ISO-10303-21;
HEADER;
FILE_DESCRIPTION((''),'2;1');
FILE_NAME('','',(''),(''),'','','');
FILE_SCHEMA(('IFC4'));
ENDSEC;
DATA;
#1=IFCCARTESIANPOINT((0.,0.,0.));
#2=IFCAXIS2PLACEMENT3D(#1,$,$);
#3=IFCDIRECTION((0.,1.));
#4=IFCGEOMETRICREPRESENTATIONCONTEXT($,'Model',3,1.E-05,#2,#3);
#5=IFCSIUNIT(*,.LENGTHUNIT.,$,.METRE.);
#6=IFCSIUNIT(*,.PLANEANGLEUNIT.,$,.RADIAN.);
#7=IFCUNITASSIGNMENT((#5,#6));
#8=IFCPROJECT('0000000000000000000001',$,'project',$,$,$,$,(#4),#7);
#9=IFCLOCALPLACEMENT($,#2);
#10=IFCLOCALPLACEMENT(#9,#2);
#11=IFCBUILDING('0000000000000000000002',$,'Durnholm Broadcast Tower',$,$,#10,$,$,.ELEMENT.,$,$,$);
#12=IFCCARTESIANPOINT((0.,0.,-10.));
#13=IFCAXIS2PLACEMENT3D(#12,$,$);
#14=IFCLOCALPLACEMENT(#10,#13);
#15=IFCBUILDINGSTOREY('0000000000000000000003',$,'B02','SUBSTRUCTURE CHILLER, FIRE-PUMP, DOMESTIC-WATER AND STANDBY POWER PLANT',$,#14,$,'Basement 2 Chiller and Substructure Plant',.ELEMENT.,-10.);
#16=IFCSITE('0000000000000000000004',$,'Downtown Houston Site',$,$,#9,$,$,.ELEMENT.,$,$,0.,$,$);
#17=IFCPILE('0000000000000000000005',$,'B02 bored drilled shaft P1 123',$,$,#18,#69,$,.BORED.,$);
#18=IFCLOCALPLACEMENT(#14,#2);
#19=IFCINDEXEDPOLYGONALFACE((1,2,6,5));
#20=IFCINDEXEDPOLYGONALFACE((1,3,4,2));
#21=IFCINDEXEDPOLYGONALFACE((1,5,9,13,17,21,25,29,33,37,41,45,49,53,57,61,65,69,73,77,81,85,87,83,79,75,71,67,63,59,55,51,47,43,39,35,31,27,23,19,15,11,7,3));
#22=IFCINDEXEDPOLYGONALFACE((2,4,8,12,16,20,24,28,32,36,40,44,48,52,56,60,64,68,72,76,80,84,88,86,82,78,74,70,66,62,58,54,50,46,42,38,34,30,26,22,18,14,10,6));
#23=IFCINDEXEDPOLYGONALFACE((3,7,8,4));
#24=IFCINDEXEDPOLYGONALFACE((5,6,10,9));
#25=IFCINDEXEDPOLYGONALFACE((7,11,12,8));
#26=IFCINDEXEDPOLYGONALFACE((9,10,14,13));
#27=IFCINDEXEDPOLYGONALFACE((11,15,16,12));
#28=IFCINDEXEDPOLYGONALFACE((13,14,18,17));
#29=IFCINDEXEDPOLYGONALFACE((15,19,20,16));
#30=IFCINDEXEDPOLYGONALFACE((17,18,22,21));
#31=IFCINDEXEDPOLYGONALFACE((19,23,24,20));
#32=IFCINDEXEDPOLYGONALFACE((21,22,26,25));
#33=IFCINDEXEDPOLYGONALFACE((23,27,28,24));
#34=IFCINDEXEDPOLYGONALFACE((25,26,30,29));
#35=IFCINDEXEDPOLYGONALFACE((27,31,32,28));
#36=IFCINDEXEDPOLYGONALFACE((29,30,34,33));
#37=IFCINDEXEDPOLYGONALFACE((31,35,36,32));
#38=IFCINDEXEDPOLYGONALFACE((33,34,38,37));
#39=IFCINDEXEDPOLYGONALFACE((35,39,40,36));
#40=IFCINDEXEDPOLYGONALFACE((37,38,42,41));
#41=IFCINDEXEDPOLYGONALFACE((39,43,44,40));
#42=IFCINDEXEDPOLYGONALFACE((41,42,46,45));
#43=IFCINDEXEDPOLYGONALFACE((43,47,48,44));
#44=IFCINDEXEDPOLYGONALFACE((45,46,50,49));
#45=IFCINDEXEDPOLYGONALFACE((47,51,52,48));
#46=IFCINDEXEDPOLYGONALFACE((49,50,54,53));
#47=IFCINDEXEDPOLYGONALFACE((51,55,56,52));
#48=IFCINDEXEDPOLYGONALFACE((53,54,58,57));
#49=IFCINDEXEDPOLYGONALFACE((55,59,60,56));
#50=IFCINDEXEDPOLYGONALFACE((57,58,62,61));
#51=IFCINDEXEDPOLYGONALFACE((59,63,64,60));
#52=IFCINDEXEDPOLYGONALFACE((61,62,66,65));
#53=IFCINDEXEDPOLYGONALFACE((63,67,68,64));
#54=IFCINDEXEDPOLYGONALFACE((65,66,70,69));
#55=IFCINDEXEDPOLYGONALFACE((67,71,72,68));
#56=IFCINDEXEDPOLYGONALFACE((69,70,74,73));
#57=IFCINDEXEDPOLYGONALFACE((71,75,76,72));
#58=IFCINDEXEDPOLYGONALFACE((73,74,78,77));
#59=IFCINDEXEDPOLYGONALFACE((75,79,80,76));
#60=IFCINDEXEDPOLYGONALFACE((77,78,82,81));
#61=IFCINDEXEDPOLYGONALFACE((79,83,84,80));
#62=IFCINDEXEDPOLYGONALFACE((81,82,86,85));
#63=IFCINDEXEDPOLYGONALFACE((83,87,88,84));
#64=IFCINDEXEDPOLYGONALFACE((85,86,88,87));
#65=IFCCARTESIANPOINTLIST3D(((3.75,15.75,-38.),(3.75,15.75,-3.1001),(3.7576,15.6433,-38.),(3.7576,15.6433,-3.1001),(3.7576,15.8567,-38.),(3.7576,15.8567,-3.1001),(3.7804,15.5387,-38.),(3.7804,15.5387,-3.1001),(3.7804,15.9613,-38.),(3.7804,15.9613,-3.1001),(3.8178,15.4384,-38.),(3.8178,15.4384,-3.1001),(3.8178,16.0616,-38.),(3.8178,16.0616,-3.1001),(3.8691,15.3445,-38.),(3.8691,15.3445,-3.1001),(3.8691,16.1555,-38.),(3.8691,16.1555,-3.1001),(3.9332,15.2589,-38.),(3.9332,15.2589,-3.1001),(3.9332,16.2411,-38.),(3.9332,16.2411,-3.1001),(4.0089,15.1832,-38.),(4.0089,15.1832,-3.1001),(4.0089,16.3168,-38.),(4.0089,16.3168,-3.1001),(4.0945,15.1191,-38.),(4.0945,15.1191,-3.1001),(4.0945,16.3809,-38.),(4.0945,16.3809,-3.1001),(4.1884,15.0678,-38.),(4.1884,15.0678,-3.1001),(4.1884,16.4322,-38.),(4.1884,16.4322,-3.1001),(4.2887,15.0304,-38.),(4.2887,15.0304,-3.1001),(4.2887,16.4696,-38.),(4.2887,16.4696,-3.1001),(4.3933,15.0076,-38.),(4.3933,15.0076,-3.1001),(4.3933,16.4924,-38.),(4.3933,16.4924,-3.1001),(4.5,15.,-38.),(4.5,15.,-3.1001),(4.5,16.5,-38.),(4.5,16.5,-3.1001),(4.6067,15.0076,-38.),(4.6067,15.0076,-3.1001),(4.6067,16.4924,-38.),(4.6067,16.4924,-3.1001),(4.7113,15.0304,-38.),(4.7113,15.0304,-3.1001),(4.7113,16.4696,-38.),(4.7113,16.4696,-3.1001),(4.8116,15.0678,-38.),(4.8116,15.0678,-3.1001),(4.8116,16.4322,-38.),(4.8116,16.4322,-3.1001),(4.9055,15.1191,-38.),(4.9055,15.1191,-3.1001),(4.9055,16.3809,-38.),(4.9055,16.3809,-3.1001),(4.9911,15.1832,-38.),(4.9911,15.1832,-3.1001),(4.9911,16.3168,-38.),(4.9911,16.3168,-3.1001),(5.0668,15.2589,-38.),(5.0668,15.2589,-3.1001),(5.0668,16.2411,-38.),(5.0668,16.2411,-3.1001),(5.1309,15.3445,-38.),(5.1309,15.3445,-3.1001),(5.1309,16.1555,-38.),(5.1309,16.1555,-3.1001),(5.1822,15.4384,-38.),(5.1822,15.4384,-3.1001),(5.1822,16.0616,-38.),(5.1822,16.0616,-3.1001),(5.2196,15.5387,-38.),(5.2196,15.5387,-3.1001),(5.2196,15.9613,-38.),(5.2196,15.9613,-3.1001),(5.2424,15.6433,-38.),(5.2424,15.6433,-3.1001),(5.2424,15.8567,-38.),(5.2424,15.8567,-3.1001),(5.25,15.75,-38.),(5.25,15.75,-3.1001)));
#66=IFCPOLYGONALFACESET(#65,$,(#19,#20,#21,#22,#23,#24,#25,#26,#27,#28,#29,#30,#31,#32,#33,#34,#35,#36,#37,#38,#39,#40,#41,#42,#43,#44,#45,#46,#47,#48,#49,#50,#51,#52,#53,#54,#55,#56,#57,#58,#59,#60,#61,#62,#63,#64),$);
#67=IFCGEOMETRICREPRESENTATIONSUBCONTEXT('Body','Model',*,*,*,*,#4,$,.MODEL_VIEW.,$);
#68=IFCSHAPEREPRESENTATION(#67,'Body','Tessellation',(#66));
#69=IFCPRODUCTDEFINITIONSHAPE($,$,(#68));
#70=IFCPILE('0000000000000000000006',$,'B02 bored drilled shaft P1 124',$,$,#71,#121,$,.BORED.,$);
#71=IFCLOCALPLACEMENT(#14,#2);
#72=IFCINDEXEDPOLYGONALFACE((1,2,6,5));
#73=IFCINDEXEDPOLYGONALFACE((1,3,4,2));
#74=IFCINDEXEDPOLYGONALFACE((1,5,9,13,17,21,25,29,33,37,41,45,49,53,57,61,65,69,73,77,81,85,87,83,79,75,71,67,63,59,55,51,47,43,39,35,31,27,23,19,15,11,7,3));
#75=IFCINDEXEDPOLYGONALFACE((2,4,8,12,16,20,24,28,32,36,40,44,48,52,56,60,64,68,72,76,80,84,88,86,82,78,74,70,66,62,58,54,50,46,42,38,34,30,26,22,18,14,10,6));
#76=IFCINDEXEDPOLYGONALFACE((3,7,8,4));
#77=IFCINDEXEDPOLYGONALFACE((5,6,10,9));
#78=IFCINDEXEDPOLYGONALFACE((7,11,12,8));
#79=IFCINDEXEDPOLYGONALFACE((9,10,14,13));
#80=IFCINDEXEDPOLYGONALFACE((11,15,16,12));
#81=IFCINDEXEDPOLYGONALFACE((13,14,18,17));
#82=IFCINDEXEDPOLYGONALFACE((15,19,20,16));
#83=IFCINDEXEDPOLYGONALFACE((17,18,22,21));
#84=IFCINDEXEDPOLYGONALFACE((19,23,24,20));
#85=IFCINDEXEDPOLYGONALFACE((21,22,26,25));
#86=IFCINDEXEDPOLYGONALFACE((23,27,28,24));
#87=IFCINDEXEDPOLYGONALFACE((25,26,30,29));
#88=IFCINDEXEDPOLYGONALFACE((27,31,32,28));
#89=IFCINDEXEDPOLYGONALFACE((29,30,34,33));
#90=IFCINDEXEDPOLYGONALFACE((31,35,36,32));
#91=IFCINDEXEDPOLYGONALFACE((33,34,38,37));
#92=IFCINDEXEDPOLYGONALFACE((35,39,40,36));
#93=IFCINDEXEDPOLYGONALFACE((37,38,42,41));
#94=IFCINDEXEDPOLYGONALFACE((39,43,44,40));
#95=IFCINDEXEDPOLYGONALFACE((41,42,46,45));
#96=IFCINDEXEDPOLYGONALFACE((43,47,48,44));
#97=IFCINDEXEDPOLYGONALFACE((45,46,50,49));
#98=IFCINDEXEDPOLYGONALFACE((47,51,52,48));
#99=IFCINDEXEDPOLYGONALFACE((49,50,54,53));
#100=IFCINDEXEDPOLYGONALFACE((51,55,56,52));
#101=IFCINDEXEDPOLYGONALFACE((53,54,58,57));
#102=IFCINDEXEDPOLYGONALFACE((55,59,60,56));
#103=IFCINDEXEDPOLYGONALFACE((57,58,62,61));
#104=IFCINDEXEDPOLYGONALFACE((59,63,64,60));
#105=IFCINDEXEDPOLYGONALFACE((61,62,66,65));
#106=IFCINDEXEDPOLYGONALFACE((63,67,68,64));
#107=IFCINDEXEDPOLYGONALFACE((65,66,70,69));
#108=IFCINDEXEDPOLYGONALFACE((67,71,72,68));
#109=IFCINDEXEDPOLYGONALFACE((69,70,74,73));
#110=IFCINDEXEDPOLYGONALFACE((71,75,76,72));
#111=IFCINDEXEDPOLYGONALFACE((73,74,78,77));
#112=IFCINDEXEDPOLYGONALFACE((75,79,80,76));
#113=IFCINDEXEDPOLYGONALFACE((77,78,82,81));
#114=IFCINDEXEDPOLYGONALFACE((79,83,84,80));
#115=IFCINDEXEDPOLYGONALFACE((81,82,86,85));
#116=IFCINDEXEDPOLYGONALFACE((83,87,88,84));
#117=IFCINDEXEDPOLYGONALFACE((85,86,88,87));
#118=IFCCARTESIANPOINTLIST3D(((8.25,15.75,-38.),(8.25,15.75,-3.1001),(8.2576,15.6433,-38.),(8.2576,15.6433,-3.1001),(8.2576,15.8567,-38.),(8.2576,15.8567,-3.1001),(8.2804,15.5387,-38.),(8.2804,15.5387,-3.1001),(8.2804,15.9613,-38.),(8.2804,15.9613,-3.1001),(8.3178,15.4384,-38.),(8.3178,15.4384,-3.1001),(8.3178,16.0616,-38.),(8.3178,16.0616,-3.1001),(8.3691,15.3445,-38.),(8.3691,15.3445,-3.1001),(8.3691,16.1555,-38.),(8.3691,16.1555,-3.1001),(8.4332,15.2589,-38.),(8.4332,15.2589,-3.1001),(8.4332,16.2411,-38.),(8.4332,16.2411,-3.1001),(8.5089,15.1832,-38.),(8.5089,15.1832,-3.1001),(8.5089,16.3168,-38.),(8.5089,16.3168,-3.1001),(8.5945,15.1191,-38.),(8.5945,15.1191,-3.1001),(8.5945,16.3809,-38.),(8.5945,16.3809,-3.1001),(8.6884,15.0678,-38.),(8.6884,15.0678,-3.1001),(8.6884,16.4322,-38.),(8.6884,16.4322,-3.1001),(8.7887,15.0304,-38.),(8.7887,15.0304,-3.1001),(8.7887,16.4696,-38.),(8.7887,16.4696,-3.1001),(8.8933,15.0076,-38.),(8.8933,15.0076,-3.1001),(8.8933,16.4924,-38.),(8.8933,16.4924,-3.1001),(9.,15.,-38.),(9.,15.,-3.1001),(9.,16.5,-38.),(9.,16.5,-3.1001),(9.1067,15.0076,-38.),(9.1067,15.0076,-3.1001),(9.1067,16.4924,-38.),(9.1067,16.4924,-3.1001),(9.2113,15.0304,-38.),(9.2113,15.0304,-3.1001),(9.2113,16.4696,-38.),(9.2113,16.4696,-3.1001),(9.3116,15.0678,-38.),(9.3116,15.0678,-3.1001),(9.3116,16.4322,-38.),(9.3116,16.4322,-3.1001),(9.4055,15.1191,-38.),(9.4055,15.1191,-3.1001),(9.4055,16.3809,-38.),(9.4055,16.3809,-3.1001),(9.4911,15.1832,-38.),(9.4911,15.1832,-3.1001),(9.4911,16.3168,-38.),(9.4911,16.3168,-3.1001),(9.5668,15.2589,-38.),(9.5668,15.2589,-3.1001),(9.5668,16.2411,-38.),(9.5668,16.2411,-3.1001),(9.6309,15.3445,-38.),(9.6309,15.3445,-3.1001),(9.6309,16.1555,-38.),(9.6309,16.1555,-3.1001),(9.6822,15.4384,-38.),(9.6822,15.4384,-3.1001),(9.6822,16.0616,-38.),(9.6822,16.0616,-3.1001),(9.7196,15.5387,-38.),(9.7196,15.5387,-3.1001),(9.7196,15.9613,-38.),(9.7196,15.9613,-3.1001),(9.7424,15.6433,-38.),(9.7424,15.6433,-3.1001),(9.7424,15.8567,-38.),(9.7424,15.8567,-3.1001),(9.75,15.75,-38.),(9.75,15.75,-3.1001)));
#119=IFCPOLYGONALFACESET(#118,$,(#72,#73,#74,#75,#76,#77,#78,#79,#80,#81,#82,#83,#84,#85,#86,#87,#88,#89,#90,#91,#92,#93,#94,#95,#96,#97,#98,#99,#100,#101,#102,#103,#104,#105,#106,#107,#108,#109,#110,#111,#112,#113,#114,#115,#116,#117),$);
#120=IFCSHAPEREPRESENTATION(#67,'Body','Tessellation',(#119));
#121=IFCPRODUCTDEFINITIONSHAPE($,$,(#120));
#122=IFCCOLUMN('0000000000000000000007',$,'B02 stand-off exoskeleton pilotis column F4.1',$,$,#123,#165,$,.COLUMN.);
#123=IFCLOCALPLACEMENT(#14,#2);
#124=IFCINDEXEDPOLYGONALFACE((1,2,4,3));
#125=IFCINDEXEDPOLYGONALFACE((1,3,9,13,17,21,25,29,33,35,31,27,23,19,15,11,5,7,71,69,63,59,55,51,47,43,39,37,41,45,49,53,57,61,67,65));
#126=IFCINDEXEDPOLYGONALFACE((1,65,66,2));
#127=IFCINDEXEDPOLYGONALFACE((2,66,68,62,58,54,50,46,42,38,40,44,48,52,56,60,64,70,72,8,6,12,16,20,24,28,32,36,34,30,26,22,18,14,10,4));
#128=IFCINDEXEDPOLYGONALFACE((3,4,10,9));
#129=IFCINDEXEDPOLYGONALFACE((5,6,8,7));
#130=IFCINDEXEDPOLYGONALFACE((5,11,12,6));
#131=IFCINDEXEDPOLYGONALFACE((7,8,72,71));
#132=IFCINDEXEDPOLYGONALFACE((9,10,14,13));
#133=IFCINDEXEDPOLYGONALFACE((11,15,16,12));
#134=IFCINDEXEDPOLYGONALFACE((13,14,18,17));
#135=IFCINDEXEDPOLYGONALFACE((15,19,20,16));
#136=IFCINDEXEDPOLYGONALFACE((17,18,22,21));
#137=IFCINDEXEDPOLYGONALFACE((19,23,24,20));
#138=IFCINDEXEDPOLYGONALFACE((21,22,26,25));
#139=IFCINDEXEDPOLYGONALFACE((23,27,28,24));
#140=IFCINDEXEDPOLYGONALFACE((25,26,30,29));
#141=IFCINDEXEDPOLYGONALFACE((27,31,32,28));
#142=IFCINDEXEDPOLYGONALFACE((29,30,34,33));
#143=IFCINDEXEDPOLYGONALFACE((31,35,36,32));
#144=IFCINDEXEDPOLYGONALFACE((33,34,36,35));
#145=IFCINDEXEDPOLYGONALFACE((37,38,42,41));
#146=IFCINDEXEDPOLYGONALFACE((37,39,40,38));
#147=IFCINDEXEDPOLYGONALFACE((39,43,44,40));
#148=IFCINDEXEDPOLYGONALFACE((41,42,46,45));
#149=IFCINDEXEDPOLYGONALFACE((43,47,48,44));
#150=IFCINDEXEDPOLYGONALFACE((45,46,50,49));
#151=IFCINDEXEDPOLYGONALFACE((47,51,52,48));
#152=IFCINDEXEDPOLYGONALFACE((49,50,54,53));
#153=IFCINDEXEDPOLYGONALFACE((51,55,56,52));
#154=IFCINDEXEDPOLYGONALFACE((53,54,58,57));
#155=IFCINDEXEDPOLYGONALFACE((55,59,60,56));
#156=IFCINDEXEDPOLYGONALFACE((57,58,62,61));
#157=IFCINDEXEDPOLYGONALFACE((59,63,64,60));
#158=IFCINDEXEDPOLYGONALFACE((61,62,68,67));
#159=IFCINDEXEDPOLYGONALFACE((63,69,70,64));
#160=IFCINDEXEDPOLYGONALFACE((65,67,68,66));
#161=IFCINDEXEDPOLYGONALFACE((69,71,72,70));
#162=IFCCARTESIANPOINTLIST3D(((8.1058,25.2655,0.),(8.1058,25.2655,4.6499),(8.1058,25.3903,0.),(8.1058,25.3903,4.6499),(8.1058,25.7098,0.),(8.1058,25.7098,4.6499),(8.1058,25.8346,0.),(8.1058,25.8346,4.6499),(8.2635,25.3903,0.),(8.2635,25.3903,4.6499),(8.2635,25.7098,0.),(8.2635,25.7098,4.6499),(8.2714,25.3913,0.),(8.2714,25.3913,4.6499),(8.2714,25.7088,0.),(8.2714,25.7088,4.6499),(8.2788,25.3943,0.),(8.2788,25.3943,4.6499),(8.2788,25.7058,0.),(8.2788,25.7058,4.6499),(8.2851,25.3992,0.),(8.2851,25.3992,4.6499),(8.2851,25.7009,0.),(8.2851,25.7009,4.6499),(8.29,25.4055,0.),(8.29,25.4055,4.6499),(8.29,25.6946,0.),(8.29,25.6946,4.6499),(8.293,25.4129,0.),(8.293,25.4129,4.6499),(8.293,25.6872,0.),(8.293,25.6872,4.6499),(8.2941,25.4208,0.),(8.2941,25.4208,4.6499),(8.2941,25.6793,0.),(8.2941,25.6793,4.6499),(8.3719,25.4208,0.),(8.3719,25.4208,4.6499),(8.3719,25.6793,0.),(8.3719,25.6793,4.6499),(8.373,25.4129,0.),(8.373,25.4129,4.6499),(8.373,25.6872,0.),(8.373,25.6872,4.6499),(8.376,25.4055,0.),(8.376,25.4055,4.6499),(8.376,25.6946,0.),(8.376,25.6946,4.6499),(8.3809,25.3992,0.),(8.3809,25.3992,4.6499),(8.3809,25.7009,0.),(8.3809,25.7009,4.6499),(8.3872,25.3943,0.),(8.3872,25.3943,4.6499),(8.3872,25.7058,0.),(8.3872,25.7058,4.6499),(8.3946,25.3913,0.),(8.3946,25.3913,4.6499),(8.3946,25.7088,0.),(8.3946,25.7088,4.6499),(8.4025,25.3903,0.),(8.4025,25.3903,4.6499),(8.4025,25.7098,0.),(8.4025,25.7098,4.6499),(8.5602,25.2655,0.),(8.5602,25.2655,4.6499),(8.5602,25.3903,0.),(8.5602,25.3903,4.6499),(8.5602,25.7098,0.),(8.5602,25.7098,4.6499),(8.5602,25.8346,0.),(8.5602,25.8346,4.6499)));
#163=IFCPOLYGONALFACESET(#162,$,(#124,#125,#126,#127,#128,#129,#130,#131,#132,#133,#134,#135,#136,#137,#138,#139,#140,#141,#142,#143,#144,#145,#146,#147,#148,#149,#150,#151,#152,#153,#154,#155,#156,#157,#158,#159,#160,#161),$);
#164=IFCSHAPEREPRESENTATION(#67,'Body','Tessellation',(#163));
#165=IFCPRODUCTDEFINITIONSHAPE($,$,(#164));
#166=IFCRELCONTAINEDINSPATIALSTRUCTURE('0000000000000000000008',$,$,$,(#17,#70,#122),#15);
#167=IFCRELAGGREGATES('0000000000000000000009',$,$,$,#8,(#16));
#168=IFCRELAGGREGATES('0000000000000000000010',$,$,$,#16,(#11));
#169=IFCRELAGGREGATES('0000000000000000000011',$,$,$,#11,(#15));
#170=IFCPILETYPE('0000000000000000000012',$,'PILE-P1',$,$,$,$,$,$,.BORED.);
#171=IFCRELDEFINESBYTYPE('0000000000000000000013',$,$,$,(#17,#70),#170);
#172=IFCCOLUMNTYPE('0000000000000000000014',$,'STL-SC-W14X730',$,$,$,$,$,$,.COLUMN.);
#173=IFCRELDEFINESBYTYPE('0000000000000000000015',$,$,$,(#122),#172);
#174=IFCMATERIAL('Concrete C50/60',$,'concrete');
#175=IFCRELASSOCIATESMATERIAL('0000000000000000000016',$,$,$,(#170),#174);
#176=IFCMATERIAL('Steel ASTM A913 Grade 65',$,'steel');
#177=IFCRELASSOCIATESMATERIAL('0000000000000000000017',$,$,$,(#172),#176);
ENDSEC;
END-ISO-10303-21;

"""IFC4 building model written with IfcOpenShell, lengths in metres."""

from ifc_helpers import new_model, si_unit, direction, frame, origin, origin_2d, place, context, subcontext, project, spatial, circle, i_section, extrude, source, transform, mapped, material, material_profile, profile_set, type_object, type_shapes, element, save


model = new_model("IFC4")

# Units and contexts
model_context = context("Model", 3, precision=1e-05, world=origin(), true_north=direction((0.0, 1.0)))
body_context = subcontext(model_context, "Body", "Model", "MODEL_VIEW")
ifc_project = project(units=[si_unit("LENGTHUNIT", "METRE"), si_unit("PLANEANGLEUNIT", "RADIAN")], contexts=[model_context])

# Site, building, storey
site_placement = place(None, origin())
site = spatial("IfcSite", under=ifc_project, at=site_placement, Name="Downtown Houston Site", CompositionType="ELEMENT", RefElevation=0.0)
building_placement = place(site_placement, origin())
building = spatial("IfcBuilding", under=site, at=building_placement, Name="Durnholm Broadcast Tower", CompositionType="ELEMENT")
storey_placement = place(building_placement, frame((0.0, 0.0, -10.0)))
storey = spatial("IfcBuildingStorey", under=building, at=storey_placement, Name="B02", Description="SUBSTRUCTURE CHILLER, FIRE-PUMP, DOMESTIC-WATER AND STANDBY POWER PLANT", LongName="Basement 2 Chiller and Substructure Plant", CompositionType="ELEMENT", Elevation=-10.0)

# Piles
ifc_material_1 = material(Name="Concrete C50/60", Category="concrete")
ifc_material_profile_1 = material_profile(ifc_material_1, circle(Radius=0.75, at=origin_2d()), Name="PILE1500")
ifc_profile_set_1 = profile_set([ifc_material_profile_1], Name="Concrete C50/60")
pile_type_1 = type_object("IfcPileType", Name="PILE-P1", PredefinedType="BORED", material=ifc_profile_set_1)
shared_shape_1 = source(origin(), body_context, "Body", "SweptSolid", [
    extrude(circle(Radius=0.75, at=origin_2d()), origin(), (0.0, 0.0, 1.0), 34.8999),
])
type_shapes(pile_type_1, [shared_shape_1])
for number, where, z_axis, x_axis, name in (
    (1, (4.5, 15.75, -3.1001), (0.0, 0.0, -1.0), (1.0, 0.0, 0.0), "B02 bored drilled shaft P1 123"),
    (2, (9.0, 15.75, -3.1001), (0.0, 0.0, -1.0), (1.0, 0.0, 0.0), "B02 bored drilled shaft P1 124"),
):
    element("IfcPile", number, at=place(storey_placement, frame(where, z_axis=z_axis, x_axis=x_axis)), inside=storey, type_object=pile_type_1, Name=name, PredefinedType="BORED", context=body_context, shape_type="MappedRepresentation", body=[
        mapped(shared_shape_1, transform((0.0, 0.0, 0.0), x_axis=(1.0, 0.0, 0.0), y_axis=(0.0, 1.0, 0.0), z_axis=(0.0, 0.0, 1.0), scale=1.0)),
    ])

# Column
ifc_material_2 = material(Name="Steel ASTM A913 Grade 65", Category="steel")
ifc_material_profile_2 = material_profile(ifc_material_2, i_section(OverallWidth=0.4543, OverallDepth=0.5691, WebThickness=0.0779, FlangeThickness=0.1248, FilletRadius=0.0305, at=origin_2d()), Name="W14X730")
ifc_profile_set_2 = profile_set([ifc_material_profile_2], Name="Steel ASTM A913 Grade 65")
column_type = type_object("IfcColumnType", Name="STL-SC-W14X730", PredefinedType="COLUMN", material=ifc_profile_set_2)
shared_shape_2 = source(origin(), body_context, "Body", "SweptSolid", [
    extrude(i_section(OverallWidth=0.4543, OverallDepth=0.5691, WebThickness=0.0779, FlangeThickness=0.1248, FilletRadius=0.0305, at=origin_2d()), origin(), (0.0, 0.0, 1.0), 4.6499),
])
type_shapes(column_type, [shared_shape_2])
for number, where, z_axis, x_axis, name in (
    (3, (8.333, 25.55, 0.0), (0.0, 0.0, 1.0), (1.0, 0.0, 0.0), "B02 stand-off exoskeleton pilotis column F4.1"),
):
    element("IfcColumn", number, at=place(storey_placement, frame(where, z_axis=z_axis, x_axis=x_axis)), inside=storey, type_object=column_type, Name=name, PredefinedType="COLUMN", context=body_context, shape_type="MappedRepresentation", body=[
        mapped(shared_shape_2, transform((0.0, 0.0, 0.0), x_axis=(1.0, 0.0, 0.0), y_axis=(0.0, 1.0, 0.0), z_axis=(0.0, 0.0, 1.0), scale=1.0)),
    ])

save(model, "model.ifc")
